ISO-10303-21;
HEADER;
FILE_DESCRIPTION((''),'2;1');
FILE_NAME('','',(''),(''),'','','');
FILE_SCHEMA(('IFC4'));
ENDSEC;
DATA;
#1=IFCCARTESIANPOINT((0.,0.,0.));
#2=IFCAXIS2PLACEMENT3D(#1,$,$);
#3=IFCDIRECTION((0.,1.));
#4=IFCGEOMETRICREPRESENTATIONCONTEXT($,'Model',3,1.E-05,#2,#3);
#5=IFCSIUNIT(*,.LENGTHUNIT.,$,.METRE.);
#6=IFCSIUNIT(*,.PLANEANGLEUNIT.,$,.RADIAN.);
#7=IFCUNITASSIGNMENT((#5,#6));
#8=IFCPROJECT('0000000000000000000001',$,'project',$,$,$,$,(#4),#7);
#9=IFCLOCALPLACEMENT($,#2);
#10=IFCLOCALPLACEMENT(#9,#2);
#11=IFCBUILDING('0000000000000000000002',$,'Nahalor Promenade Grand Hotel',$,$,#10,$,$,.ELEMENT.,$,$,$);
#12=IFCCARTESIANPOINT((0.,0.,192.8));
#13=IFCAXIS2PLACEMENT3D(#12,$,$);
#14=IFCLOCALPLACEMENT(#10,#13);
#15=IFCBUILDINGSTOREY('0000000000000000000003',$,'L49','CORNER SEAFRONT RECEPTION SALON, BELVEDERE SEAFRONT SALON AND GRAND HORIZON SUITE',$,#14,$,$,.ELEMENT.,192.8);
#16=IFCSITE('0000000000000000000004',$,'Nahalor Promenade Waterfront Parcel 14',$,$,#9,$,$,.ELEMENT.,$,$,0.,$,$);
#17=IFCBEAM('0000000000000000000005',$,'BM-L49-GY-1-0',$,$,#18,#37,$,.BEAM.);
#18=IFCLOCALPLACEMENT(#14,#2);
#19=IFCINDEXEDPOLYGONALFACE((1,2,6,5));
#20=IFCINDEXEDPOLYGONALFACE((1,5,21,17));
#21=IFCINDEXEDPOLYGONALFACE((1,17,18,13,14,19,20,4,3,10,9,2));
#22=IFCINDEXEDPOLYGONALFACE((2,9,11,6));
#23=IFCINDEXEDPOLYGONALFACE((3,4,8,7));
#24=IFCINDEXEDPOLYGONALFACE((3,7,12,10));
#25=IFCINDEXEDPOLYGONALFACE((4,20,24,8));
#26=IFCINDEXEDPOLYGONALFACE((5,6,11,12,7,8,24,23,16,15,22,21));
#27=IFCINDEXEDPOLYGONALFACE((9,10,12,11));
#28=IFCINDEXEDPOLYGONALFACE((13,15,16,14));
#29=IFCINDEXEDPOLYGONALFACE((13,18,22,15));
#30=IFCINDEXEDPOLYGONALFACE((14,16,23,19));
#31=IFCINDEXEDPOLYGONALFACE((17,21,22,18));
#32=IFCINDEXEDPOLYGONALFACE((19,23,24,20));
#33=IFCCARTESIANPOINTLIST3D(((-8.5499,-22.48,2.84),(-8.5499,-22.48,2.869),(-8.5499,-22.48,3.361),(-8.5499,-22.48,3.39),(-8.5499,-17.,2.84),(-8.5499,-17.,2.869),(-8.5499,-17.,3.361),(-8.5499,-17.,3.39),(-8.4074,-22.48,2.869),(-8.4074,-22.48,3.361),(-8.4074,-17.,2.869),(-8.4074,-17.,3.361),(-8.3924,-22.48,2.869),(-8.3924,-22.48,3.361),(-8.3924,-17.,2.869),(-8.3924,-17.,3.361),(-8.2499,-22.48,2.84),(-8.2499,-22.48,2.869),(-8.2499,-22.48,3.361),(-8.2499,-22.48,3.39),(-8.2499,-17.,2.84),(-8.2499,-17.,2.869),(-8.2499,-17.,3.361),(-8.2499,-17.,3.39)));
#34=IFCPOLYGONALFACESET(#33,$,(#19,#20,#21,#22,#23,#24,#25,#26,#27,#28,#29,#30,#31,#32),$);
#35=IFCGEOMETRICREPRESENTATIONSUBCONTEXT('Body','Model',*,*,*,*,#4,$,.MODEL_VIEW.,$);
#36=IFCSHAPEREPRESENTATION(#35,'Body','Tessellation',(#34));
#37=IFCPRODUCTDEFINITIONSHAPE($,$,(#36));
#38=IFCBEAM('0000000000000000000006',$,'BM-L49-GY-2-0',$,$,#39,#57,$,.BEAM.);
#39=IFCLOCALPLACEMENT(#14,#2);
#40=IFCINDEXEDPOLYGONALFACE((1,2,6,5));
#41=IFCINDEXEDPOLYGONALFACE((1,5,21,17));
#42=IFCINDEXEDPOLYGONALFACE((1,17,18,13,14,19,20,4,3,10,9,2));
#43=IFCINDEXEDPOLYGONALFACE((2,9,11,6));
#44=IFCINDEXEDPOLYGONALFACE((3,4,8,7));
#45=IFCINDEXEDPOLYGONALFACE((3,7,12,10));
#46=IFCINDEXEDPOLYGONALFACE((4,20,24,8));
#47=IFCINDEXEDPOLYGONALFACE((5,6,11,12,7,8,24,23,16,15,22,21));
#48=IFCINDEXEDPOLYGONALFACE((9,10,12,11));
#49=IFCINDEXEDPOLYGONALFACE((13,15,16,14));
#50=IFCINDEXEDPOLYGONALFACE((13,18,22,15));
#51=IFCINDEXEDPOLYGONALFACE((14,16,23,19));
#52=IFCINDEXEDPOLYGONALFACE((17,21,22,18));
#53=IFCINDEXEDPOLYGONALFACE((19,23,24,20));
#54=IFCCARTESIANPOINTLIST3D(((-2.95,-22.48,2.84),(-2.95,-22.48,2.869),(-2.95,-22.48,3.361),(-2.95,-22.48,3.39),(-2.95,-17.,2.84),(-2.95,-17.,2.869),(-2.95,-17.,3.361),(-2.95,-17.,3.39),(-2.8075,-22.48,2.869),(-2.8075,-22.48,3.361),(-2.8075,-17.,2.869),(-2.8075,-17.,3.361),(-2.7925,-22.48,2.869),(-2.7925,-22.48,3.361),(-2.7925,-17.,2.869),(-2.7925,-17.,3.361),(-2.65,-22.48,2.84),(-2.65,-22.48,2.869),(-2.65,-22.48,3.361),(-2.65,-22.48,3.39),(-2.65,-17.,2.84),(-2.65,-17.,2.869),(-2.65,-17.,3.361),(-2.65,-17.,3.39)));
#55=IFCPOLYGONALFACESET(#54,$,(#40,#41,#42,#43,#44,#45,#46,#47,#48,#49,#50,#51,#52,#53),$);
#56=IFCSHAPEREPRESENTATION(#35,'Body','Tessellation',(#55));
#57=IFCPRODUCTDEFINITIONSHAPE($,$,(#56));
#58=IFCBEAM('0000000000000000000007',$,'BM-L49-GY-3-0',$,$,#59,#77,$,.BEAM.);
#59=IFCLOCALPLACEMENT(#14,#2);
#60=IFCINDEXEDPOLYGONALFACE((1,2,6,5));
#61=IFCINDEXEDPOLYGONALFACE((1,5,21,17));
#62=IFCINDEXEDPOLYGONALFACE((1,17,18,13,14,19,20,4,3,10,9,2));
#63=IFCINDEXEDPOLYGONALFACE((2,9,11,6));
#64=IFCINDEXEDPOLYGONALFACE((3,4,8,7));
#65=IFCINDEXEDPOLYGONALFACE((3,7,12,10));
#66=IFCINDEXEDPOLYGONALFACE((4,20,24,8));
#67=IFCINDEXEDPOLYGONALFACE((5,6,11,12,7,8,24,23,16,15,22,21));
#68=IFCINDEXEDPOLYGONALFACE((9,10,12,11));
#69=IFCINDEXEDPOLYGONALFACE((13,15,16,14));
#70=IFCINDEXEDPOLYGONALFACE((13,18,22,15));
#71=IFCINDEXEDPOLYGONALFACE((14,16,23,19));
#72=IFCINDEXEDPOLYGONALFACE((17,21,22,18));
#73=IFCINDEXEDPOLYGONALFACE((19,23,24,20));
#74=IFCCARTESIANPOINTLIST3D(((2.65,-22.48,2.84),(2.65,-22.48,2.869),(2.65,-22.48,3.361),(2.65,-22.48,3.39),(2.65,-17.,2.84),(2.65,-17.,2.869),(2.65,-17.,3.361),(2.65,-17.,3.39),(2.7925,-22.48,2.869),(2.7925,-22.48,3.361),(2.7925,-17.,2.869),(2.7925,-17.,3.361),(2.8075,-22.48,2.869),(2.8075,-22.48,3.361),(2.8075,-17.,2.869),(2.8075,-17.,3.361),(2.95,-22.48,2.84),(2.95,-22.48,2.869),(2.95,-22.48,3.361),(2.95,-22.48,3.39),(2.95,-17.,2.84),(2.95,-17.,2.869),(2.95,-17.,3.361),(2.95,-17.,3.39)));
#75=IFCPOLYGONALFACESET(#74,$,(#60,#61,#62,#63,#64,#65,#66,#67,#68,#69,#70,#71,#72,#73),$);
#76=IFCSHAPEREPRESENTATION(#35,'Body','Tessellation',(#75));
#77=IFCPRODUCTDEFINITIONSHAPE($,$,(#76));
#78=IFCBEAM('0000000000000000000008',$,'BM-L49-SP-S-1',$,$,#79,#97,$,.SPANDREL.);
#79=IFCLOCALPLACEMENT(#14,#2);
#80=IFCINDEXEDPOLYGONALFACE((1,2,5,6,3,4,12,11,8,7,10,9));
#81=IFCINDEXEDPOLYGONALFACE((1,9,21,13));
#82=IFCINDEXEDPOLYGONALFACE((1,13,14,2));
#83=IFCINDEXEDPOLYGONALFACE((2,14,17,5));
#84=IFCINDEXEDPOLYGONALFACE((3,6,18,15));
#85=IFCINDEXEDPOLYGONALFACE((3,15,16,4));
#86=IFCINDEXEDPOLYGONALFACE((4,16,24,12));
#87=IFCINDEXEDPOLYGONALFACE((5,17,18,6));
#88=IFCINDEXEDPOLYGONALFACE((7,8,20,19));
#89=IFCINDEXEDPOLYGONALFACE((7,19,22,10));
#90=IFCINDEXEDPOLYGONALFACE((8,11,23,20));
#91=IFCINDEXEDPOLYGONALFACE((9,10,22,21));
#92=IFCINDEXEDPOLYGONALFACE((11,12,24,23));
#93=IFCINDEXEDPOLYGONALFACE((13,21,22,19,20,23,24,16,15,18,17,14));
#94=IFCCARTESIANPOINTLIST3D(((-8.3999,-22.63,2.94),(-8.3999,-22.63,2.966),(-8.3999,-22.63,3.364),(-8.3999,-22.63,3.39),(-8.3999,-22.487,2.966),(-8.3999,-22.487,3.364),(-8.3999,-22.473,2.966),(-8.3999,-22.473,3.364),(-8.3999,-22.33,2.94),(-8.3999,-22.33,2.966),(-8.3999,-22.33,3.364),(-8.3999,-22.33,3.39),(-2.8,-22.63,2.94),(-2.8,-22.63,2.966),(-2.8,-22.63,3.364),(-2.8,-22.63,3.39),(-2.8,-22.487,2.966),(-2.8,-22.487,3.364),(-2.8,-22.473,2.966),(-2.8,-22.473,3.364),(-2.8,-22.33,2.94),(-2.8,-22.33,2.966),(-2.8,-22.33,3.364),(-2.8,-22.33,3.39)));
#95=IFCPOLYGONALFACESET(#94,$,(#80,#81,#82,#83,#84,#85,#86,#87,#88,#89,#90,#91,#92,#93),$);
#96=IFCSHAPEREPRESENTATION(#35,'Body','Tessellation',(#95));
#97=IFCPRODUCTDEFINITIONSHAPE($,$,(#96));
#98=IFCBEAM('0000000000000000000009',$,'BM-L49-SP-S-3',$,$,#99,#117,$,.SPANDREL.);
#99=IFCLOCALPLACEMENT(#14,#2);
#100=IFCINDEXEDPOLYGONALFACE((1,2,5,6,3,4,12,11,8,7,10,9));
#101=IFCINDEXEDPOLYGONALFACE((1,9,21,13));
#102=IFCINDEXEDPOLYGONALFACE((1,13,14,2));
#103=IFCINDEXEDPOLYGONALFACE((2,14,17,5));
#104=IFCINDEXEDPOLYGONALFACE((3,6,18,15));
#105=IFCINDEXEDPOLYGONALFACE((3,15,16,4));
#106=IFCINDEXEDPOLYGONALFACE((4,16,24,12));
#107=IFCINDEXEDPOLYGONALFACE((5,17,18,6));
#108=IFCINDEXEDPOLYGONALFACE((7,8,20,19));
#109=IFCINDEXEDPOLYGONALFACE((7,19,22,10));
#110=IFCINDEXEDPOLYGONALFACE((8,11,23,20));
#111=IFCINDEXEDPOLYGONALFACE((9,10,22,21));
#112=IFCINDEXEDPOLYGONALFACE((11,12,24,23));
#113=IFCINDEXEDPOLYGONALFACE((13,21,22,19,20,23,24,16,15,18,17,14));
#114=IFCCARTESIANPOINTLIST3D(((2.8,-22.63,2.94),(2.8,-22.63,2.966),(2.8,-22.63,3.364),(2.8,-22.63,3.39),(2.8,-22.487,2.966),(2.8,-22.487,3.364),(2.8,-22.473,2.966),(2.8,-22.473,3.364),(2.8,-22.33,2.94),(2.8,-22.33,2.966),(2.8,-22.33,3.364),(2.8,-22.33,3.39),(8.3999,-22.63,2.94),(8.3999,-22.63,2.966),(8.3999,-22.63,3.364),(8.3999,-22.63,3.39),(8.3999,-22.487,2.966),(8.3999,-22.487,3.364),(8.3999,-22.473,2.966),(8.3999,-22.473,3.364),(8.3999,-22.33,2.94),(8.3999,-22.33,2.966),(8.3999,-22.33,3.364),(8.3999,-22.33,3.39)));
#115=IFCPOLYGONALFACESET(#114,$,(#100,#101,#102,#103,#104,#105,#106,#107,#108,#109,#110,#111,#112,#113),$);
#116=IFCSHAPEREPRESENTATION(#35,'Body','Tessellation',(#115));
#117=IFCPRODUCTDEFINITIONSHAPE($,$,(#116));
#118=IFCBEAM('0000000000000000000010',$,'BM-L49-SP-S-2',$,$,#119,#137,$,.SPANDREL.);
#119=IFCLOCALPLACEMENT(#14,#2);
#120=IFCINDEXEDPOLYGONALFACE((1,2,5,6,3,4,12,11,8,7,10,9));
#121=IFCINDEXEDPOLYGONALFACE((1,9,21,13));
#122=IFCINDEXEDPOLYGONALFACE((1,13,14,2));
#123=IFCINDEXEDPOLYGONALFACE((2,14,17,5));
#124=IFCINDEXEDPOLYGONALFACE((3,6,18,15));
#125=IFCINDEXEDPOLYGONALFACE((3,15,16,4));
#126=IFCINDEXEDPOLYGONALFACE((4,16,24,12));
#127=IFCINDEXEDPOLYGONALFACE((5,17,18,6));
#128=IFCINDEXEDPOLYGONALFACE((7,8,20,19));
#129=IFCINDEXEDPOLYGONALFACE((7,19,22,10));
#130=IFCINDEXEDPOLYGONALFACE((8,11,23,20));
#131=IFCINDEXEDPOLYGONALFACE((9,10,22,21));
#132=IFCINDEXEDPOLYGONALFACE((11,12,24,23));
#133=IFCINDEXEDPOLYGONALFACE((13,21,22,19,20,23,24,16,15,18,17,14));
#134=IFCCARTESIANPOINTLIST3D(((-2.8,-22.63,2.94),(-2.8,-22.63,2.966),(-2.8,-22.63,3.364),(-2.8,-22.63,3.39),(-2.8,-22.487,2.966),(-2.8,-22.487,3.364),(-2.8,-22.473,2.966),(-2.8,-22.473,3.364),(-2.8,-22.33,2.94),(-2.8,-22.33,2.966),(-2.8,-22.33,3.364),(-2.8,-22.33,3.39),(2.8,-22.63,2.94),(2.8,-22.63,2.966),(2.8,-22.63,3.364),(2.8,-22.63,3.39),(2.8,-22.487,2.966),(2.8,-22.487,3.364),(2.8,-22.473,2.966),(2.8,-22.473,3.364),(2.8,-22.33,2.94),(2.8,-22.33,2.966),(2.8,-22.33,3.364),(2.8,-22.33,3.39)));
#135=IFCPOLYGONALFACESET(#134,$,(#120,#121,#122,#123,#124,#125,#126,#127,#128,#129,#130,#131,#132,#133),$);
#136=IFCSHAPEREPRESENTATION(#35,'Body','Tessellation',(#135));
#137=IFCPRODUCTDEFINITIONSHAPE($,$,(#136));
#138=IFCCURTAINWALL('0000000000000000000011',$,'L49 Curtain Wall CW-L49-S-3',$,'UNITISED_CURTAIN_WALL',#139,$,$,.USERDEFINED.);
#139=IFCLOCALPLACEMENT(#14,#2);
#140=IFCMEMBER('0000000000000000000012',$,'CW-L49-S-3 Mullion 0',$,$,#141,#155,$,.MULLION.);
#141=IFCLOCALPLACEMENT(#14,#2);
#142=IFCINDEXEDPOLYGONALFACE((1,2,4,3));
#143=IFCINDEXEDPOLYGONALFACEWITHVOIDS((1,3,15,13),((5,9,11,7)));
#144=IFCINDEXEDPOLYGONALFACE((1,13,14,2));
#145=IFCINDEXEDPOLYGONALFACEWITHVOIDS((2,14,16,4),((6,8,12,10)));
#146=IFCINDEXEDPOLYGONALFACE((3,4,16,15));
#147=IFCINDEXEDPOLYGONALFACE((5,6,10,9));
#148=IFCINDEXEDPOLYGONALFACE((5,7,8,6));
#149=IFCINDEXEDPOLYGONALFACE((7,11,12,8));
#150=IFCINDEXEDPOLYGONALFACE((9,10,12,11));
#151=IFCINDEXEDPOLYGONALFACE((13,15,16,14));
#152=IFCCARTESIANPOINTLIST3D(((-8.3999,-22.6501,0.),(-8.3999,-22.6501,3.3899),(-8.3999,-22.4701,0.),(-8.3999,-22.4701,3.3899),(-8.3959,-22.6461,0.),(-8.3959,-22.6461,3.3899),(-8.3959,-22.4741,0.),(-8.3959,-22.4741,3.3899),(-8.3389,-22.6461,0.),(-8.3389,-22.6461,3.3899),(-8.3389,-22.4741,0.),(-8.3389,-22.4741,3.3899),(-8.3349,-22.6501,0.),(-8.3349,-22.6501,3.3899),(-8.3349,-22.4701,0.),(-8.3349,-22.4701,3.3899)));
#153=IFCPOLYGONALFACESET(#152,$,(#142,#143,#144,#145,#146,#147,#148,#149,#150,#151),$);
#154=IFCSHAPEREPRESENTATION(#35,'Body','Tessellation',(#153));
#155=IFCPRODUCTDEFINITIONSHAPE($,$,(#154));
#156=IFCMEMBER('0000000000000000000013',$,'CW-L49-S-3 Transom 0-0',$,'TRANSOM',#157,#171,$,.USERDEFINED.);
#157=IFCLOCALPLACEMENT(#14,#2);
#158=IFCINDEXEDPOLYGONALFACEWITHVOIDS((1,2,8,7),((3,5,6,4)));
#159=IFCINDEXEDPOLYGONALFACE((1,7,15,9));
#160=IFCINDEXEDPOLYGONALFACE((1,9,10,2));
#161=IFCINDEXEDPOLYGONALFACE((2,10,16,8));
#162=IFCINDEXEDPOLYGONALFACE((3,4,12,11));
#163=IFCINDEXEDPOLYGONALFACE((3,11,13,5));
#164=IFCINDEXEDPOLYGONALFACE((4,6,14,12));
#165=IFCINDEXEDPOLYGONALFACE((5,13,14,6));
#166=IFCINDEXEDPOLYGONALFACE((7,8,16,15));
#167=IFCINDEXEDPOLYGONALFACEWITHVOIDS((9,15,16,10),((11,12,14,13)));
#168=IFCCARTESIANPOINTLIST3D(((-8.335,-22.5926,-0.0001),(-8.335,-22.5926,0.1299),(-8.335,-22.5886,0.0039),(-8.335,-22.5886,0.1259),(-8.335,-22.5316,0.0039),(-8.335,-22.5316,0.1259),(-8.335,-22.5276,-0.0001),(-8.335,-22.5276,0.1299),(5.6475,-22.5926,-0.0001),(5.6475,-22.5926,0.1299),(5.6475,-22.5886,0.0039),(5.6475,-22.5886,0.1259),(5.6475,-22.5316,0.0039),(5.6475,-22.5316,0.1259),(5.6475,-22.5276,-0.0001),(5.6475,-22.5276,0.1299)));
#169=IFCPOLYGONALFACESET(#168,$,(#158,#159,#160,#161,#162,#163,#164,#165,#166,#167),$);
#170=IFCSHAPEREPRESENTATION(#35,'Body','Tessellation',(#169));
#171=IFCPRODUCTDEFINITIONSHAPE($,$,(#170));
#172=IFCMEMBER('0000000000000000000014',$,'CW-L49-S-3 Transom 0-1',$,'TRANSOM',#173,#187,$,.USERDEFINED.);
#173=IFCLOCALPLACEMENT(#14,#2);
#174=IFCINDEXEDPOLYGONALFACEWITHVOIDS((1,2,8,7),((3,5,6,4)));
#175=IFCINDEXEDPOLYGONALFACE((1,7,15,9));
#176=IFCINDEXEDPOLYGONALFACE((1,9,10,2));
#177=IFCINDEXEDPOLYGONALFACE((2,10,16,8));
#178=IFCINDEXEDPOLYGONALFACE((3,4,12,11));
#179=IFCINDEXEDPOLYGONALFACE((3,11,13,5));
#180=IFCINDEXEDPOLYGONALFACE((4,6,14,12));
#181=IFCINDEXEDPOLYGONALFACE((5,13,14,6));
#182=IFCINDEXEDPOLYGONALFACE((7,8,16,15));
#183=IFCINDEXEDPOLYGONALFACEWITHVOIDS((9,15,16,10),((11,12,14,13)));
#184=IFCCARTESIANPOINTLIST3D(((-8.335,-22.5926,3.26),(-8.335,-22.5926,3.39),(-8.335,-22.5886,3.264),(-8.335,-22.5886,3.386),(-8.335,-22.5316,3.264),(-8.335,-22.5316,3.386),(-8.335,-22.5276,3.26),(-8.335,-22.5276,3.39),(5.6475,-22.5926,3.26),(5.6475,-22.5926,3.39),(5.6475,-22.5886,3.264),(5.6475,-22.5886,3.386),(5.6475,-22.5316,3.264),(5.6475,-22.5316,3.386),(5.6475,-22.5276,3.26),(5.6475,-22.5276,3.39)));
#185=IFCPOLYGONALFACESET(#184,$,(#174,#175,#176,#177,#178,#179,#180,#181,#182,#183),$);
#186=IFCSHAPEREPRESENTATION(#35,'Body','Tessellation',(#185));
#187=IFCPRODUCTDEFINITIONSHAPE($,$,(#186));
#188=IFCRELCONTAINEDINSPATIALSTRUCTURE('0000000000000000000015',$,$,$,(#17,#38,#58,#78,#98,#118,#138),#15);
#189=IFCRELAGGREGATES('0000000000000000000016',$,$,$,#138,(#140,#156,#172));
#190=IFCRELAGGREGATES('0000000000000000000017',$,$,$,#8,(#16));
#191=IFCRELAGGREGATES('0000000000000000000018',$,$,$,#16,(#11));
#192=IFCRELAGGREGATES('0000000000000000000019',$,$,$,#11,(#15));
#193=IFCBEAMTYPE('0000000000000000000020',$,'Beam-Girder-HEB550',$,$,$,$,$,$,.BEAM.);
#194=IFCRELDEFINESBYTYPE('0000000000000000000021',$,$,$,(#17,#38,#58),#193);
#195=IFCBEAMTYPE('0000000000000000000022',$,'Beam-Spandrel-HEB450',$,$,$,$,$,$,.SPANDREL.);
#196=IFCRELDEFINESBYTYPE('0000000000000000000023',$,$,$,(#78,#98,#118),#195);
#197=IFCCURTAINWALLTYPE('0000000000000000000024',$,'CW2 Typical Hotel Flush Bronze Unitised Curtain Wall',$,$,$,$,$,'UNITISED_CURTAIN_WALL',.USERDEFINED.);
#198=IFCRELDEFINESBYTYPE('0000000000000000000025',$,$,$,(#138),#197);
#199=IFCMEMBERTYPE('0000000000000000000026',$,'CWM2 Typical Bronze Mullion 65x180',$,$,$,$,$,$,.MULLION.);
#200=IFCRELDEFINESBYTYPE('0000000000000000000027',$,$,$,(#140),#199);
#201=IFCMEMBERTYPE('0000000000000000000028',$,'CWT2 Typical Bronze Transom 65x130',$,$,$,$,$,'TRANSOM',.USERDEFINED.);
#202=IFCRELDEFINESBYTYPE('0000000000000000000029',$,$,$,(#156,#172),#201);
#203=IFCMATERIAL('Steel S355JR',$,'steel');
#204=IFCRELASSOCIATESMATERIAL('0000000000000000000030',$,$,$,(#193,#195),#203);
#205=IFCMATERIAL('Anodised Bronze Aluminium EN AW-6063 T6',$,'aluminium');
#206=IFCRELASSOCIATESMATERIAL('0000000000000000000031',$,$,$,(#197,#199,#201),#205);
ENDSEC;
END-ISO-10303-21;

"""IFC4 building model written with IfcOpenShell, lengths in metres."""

from ifc_helpers import new_model, si_unit, direction, frame, origin, origin_2d, place, context, subcontext, project, spatial, hollow_rectangle, i_section, extrude, source, transform, mapped, material, material_profile, profile_set, type_object, element, aggregate, save


model = new_model("IFC4")

# Units and contexts
model_context = context("Model", 3, precision=1e-05, world=origin(), true_north=direction((0.0, 1.0)))
body_context = subcontext(model_context, "Body", "Model", "MODEL_VIEW")
ifc_project = project(units=[si_unit("LENGTHUNIT", "METRE"), si_unit("PLANEANGLEUNIT", "RADIAN")], contexts=[model_context])

# Site, building, storey
site_placement = place(None, origin())
site = spatial("IfcSite", under=ifc_project, at=site_placement, Name="Nahalor Promenade Waterfront Parcel 14", CompositionType="ELEMENT", RefElevation=0.0)
building_placement = place(site_placement, origin())
building = spatial("IfcBuilding", under=site, at=building_placement, Name="Nahalor Promenade Grand Hotel", CompositionType="ELEMENT")
storey_placement = place(building_placement, frame((0.0, 0.0, 192.8)))
storey = spatial("IfcBuildingStorey", under=building, at=storey_placement, Name="L49", Description="CORNER SEAFRONT RECEPTION SALON, BELVEDERE SEAFRONT SALON AND GRAND HORIZON SUITE", CompositionType="ELEMENT", Elevation=192.8)

# Beams
ifc_material_1 = material(Name="Steel S355JR", Category="steel")
ifc_material_profile_1 = material_profile(ifc_material_1, i_section(OverallWidth=0.3, OverallDepth=0.55, WebThickness=0.015, FlangeThickness=0.029, at=origin_2d()), Name="HEB 550")
ifc_profile_set_1 = profile_set([ifc_material_profile_1], Name="Steel S355JR")
beam_type_1 = type_object("IfcBeamType", Name="Beam-Girder-HEB550", PredefinedType="BEAM", material=ifc_profile_set_1)
shared_shape_1 = source(origin(), body_context, "Body", "SweptSolid", [
    extrude(i_section(OverallWidth=0.3, OverallDepth=0.55, WebThickness=0.015, FlangeThickness=0.029, at=origin_2d()), origin(), (0.0, 0.0, 1.0), 5.48),
])
for number, where, z_axis, x_axis, name in (
    (1, (-8.3999, -22.48, 3.115), (0.0, 1.0, 0.0), (-1.0, 0.0, 0.0), "BM-L49-GY-1-0"),
    (2, (-2.8, -22.48, 3.115), (0.0, 1.0, 0.0), (-1.0, 0.0, 0.0), "BM-L49-GY-2-0"),
    (3, (2.8, -22.48, 3.115), (0.0, 1.0, 0.0), (-1.0, 0.0, 0.0), "BM-L49-GY-3-0"),
):
    element("IfcBeam", number, at=place(storey_placement, frame(where, z_axis=z_axis, x_axis=x_axis)), inside=storey, type_object=beam_type_1, Name=name, PredefinedType="BEAM", context=body_context, shape_type="MappedRepresentation", body=[
        mapped(shared_shape_1, transform((0.0, 0.0, 0.0), scale=1.0)),
    ])
ifc_material_profile_2 = material_profile(ifc_material_1, i_section(OverallWidth=0.3, OverallDepth=0.45, WebThickness=0.014, FlangeThickness=0.026, at=origin_2d()), Name="HEB 450")
ifc_profile_set_2 = profile_set([ifc_material_profile_2], Name="Steel S355JR")
beam_type_2 = type_object("IfcBeamType", Name="Beam-Spandrel-HEB450", PredefinedType="SPANDREL", material=ifc_profile_set_2)
shared_shape_2 = source(origin(), body_context, "Body", "SweptSolid", [
    extrude(i_section(OverallWidth=0.3, OverallDepth=0.45, WebThickness=0.014, FlangeThickness=0.026, at=origin_2d()), origin(), (0.0, 0.0, 1.0), 5.5999),
])
for number, where, z_axis, x_axis, name in (
    (4, (-8.3999, -22.48, 3.165), (1.0, 0.0, 0.0), (0.0, 1.0, 0.0), "BM-L49-SP-S-1"),
    (5, (2.8, -22.48, 3.165), (1.0, 0.0, 0.0), (0.0, 1.0, 0.0), "BM-L49-SP-S-3"),
):
    element("IfcBeam", number, at=place(storey_placement, frame(where, z_axis=z_axis, x_axis=x_axis)), inside=storey, type_object=beam_type_2, Name=name, PredefinedType="SPANDREL", context=body_context, shape_type="MappedRepresentation", body=[
        mapped(shared_shape_2, transform((0.0, 0.0, 0.0), scale=1.0)),
    ])
shared_shape_3 = source(origin(), body_context, "Body", "SweptSolid", [
    extrude(i_section(OverallWidth=0.3, OverallDepth=0.45, WebThickness=0.014, FlangeThickness=0.026, at=origin_2d()), origin(), (0.0, 0.0, 1.0), 5.6001),
])
beam_1_placement = place(storey_placement, frame((-2.8, -22.48, 3.165), z_axis=(1.0, 0.0, 0.0), x_axis=(0.0, 1.0, 0.0)))
element("IfcBeam", 6, at=beam_1_placement, inside=storey, type_object=beam_type_2, Name="BM-L49-SP-S-2", PredefinedType="SPANDREL", context=body_context, shape_type="MappedRepresentation", body=[
    mapped(shared_shape_3, transform((0.0, 0.0, 0.0), scale=1.0)),
])

# Curtain wall, members
ifc_material_2 = material(Name="Anodised Bronze Aluminium EN AW-6063 T6", Category="aluminium")
curtain_wall_type = type_object("IfcCurtainWallType", Name="CW2 Typical Hotel Flush Bronze Unitised Curtain Wall", ElementType="UNITISED_CURTAIN_WALL", PredefinedType="USERDEFINED", material=ifc_material_2)
curtain_wall_placement = place(storey_placement, origin())
curtain_wall = element("IfcCurtainWall", 7, at=curtain_wall_placement, inside=storey, type_object=curtain_wall_type, Name="L49 Curtain Wall CW-L49-S-3", ObjectType="UNITISED_CURTAIN_WALL", PredefinedType="USERDEFINED")
ifc_material_profile_3 = material_profile(ifc_material_2, hollow_rectangle(XDim=0.065, YDim=0.18, WallThickness=0.004, at=origin_2d()), Name="CWM 65x180x4")
ifc_profile_set_3 = profile_set([ifc_material_profile_3], Name="Anodised Bronze Aluminium EN AW-6063 T6")
member_type_1 = type_object("IfcMemberType", Name="CWM2 Typical Bronze Mullion 65x180", PredefinedType="MULLION", material=ifc_profile_set_3)
shared_shape_4 = source(origin(), body_context, "Body", "SweptSolid", [
    extrude(hollow_rectangle(XDim=0.065, YDim=0.18, WallThickness=0.004, at=origin_2d()), origin(), (0.0, 0.0, 1.0), 3.3899),
])
member_1_placement = place(storey_placement, frame((-8.3674, -22.5601, 0.0), z_axis=(0.0, 0.0, 1.0), x_axis=(1.0, 0.0, 0.0)))
member_1 = element("IfcMember", 8, at=member_1_placement, type_object=member_type_1, Name="CW-L49-S-3 Mullion 0", PredefinedType="MULLION", context=body_context, shape_type="MappedRepresentation", body=[
    mapped(shared_shape_4, transform((0.0, 0.0, 0.0), scale=1.0)),
])
ifc_material_profile_4 = material_profile(ifc_material_2, hollow_rectangle(XDim=0.065, YDim=0.13, WallThickness=0.004, at=origin_2d()), Name="CWT 65x130x4")
ifc_profile_set_4 = profile_set([ifc_material_profile_4], Name="Anodised Bronze Aluminium EN AW-6063 T6")
member_type_2 = type_object("IfcMemberType", Name="CWT2 Typical Bronze Transom 65x130", ElementType="TRANSOM", PredefinedType="USERDEFINED", material=ifc_profile_set_4)
shared_shape_5 = source(origin(), body_context, "Body", "SweptSolid", [
    extrude(hollow_rectangle(XDim=0.065, YDim=0.13, WallThickness=0.004, at=origin_2d()), origin(), (0.0, 0.0, 1.0), 13.9824),
])
member_2_placement = place(storey_placement, frame((-8.335, -22.5601, 0.0649), z_axis=(1.0, 0.0, 0.0), x_axis=(0.0, 1.0, 0.0)))
member_2 = element("IfcMember", 9, at=member_2_placement, type_object=member_type_2, Name="CW-L49-S-3 Transom 0-0", ObjectType="TRANSOM", PredefinedType="USERDEFINED", context=body_context, shape_type="MappedRepresentation", body=[
    mapped(shared_shape_5, transform((0.0, 0.0, 0.0), scale=1.0)),
])
member_3_placement = place(storey_placement, frame((-8.335, -22.5601, 3.325), z_axis=(1.0, 0.0, 0.0), x_axis=(0.0, 1.0, 0.0)))
member_3 = element("IfcMember", 10, at=member_3_placement, type_object=member_type_2, Name="CW-L49-S-3 Transom 0-1", ObjectType="TRANSOM", PredefinedType="USERDEFINED", context=body_context, shape_type="MappedRepresentation", body=[
    mapped(shared_shape_5, transform((0.0, 0.0, 0.0), scale=1.0)),
])
aggregate(curtain_wall, [member_1, member_2, member_3])

save(model, "model.ifc")
